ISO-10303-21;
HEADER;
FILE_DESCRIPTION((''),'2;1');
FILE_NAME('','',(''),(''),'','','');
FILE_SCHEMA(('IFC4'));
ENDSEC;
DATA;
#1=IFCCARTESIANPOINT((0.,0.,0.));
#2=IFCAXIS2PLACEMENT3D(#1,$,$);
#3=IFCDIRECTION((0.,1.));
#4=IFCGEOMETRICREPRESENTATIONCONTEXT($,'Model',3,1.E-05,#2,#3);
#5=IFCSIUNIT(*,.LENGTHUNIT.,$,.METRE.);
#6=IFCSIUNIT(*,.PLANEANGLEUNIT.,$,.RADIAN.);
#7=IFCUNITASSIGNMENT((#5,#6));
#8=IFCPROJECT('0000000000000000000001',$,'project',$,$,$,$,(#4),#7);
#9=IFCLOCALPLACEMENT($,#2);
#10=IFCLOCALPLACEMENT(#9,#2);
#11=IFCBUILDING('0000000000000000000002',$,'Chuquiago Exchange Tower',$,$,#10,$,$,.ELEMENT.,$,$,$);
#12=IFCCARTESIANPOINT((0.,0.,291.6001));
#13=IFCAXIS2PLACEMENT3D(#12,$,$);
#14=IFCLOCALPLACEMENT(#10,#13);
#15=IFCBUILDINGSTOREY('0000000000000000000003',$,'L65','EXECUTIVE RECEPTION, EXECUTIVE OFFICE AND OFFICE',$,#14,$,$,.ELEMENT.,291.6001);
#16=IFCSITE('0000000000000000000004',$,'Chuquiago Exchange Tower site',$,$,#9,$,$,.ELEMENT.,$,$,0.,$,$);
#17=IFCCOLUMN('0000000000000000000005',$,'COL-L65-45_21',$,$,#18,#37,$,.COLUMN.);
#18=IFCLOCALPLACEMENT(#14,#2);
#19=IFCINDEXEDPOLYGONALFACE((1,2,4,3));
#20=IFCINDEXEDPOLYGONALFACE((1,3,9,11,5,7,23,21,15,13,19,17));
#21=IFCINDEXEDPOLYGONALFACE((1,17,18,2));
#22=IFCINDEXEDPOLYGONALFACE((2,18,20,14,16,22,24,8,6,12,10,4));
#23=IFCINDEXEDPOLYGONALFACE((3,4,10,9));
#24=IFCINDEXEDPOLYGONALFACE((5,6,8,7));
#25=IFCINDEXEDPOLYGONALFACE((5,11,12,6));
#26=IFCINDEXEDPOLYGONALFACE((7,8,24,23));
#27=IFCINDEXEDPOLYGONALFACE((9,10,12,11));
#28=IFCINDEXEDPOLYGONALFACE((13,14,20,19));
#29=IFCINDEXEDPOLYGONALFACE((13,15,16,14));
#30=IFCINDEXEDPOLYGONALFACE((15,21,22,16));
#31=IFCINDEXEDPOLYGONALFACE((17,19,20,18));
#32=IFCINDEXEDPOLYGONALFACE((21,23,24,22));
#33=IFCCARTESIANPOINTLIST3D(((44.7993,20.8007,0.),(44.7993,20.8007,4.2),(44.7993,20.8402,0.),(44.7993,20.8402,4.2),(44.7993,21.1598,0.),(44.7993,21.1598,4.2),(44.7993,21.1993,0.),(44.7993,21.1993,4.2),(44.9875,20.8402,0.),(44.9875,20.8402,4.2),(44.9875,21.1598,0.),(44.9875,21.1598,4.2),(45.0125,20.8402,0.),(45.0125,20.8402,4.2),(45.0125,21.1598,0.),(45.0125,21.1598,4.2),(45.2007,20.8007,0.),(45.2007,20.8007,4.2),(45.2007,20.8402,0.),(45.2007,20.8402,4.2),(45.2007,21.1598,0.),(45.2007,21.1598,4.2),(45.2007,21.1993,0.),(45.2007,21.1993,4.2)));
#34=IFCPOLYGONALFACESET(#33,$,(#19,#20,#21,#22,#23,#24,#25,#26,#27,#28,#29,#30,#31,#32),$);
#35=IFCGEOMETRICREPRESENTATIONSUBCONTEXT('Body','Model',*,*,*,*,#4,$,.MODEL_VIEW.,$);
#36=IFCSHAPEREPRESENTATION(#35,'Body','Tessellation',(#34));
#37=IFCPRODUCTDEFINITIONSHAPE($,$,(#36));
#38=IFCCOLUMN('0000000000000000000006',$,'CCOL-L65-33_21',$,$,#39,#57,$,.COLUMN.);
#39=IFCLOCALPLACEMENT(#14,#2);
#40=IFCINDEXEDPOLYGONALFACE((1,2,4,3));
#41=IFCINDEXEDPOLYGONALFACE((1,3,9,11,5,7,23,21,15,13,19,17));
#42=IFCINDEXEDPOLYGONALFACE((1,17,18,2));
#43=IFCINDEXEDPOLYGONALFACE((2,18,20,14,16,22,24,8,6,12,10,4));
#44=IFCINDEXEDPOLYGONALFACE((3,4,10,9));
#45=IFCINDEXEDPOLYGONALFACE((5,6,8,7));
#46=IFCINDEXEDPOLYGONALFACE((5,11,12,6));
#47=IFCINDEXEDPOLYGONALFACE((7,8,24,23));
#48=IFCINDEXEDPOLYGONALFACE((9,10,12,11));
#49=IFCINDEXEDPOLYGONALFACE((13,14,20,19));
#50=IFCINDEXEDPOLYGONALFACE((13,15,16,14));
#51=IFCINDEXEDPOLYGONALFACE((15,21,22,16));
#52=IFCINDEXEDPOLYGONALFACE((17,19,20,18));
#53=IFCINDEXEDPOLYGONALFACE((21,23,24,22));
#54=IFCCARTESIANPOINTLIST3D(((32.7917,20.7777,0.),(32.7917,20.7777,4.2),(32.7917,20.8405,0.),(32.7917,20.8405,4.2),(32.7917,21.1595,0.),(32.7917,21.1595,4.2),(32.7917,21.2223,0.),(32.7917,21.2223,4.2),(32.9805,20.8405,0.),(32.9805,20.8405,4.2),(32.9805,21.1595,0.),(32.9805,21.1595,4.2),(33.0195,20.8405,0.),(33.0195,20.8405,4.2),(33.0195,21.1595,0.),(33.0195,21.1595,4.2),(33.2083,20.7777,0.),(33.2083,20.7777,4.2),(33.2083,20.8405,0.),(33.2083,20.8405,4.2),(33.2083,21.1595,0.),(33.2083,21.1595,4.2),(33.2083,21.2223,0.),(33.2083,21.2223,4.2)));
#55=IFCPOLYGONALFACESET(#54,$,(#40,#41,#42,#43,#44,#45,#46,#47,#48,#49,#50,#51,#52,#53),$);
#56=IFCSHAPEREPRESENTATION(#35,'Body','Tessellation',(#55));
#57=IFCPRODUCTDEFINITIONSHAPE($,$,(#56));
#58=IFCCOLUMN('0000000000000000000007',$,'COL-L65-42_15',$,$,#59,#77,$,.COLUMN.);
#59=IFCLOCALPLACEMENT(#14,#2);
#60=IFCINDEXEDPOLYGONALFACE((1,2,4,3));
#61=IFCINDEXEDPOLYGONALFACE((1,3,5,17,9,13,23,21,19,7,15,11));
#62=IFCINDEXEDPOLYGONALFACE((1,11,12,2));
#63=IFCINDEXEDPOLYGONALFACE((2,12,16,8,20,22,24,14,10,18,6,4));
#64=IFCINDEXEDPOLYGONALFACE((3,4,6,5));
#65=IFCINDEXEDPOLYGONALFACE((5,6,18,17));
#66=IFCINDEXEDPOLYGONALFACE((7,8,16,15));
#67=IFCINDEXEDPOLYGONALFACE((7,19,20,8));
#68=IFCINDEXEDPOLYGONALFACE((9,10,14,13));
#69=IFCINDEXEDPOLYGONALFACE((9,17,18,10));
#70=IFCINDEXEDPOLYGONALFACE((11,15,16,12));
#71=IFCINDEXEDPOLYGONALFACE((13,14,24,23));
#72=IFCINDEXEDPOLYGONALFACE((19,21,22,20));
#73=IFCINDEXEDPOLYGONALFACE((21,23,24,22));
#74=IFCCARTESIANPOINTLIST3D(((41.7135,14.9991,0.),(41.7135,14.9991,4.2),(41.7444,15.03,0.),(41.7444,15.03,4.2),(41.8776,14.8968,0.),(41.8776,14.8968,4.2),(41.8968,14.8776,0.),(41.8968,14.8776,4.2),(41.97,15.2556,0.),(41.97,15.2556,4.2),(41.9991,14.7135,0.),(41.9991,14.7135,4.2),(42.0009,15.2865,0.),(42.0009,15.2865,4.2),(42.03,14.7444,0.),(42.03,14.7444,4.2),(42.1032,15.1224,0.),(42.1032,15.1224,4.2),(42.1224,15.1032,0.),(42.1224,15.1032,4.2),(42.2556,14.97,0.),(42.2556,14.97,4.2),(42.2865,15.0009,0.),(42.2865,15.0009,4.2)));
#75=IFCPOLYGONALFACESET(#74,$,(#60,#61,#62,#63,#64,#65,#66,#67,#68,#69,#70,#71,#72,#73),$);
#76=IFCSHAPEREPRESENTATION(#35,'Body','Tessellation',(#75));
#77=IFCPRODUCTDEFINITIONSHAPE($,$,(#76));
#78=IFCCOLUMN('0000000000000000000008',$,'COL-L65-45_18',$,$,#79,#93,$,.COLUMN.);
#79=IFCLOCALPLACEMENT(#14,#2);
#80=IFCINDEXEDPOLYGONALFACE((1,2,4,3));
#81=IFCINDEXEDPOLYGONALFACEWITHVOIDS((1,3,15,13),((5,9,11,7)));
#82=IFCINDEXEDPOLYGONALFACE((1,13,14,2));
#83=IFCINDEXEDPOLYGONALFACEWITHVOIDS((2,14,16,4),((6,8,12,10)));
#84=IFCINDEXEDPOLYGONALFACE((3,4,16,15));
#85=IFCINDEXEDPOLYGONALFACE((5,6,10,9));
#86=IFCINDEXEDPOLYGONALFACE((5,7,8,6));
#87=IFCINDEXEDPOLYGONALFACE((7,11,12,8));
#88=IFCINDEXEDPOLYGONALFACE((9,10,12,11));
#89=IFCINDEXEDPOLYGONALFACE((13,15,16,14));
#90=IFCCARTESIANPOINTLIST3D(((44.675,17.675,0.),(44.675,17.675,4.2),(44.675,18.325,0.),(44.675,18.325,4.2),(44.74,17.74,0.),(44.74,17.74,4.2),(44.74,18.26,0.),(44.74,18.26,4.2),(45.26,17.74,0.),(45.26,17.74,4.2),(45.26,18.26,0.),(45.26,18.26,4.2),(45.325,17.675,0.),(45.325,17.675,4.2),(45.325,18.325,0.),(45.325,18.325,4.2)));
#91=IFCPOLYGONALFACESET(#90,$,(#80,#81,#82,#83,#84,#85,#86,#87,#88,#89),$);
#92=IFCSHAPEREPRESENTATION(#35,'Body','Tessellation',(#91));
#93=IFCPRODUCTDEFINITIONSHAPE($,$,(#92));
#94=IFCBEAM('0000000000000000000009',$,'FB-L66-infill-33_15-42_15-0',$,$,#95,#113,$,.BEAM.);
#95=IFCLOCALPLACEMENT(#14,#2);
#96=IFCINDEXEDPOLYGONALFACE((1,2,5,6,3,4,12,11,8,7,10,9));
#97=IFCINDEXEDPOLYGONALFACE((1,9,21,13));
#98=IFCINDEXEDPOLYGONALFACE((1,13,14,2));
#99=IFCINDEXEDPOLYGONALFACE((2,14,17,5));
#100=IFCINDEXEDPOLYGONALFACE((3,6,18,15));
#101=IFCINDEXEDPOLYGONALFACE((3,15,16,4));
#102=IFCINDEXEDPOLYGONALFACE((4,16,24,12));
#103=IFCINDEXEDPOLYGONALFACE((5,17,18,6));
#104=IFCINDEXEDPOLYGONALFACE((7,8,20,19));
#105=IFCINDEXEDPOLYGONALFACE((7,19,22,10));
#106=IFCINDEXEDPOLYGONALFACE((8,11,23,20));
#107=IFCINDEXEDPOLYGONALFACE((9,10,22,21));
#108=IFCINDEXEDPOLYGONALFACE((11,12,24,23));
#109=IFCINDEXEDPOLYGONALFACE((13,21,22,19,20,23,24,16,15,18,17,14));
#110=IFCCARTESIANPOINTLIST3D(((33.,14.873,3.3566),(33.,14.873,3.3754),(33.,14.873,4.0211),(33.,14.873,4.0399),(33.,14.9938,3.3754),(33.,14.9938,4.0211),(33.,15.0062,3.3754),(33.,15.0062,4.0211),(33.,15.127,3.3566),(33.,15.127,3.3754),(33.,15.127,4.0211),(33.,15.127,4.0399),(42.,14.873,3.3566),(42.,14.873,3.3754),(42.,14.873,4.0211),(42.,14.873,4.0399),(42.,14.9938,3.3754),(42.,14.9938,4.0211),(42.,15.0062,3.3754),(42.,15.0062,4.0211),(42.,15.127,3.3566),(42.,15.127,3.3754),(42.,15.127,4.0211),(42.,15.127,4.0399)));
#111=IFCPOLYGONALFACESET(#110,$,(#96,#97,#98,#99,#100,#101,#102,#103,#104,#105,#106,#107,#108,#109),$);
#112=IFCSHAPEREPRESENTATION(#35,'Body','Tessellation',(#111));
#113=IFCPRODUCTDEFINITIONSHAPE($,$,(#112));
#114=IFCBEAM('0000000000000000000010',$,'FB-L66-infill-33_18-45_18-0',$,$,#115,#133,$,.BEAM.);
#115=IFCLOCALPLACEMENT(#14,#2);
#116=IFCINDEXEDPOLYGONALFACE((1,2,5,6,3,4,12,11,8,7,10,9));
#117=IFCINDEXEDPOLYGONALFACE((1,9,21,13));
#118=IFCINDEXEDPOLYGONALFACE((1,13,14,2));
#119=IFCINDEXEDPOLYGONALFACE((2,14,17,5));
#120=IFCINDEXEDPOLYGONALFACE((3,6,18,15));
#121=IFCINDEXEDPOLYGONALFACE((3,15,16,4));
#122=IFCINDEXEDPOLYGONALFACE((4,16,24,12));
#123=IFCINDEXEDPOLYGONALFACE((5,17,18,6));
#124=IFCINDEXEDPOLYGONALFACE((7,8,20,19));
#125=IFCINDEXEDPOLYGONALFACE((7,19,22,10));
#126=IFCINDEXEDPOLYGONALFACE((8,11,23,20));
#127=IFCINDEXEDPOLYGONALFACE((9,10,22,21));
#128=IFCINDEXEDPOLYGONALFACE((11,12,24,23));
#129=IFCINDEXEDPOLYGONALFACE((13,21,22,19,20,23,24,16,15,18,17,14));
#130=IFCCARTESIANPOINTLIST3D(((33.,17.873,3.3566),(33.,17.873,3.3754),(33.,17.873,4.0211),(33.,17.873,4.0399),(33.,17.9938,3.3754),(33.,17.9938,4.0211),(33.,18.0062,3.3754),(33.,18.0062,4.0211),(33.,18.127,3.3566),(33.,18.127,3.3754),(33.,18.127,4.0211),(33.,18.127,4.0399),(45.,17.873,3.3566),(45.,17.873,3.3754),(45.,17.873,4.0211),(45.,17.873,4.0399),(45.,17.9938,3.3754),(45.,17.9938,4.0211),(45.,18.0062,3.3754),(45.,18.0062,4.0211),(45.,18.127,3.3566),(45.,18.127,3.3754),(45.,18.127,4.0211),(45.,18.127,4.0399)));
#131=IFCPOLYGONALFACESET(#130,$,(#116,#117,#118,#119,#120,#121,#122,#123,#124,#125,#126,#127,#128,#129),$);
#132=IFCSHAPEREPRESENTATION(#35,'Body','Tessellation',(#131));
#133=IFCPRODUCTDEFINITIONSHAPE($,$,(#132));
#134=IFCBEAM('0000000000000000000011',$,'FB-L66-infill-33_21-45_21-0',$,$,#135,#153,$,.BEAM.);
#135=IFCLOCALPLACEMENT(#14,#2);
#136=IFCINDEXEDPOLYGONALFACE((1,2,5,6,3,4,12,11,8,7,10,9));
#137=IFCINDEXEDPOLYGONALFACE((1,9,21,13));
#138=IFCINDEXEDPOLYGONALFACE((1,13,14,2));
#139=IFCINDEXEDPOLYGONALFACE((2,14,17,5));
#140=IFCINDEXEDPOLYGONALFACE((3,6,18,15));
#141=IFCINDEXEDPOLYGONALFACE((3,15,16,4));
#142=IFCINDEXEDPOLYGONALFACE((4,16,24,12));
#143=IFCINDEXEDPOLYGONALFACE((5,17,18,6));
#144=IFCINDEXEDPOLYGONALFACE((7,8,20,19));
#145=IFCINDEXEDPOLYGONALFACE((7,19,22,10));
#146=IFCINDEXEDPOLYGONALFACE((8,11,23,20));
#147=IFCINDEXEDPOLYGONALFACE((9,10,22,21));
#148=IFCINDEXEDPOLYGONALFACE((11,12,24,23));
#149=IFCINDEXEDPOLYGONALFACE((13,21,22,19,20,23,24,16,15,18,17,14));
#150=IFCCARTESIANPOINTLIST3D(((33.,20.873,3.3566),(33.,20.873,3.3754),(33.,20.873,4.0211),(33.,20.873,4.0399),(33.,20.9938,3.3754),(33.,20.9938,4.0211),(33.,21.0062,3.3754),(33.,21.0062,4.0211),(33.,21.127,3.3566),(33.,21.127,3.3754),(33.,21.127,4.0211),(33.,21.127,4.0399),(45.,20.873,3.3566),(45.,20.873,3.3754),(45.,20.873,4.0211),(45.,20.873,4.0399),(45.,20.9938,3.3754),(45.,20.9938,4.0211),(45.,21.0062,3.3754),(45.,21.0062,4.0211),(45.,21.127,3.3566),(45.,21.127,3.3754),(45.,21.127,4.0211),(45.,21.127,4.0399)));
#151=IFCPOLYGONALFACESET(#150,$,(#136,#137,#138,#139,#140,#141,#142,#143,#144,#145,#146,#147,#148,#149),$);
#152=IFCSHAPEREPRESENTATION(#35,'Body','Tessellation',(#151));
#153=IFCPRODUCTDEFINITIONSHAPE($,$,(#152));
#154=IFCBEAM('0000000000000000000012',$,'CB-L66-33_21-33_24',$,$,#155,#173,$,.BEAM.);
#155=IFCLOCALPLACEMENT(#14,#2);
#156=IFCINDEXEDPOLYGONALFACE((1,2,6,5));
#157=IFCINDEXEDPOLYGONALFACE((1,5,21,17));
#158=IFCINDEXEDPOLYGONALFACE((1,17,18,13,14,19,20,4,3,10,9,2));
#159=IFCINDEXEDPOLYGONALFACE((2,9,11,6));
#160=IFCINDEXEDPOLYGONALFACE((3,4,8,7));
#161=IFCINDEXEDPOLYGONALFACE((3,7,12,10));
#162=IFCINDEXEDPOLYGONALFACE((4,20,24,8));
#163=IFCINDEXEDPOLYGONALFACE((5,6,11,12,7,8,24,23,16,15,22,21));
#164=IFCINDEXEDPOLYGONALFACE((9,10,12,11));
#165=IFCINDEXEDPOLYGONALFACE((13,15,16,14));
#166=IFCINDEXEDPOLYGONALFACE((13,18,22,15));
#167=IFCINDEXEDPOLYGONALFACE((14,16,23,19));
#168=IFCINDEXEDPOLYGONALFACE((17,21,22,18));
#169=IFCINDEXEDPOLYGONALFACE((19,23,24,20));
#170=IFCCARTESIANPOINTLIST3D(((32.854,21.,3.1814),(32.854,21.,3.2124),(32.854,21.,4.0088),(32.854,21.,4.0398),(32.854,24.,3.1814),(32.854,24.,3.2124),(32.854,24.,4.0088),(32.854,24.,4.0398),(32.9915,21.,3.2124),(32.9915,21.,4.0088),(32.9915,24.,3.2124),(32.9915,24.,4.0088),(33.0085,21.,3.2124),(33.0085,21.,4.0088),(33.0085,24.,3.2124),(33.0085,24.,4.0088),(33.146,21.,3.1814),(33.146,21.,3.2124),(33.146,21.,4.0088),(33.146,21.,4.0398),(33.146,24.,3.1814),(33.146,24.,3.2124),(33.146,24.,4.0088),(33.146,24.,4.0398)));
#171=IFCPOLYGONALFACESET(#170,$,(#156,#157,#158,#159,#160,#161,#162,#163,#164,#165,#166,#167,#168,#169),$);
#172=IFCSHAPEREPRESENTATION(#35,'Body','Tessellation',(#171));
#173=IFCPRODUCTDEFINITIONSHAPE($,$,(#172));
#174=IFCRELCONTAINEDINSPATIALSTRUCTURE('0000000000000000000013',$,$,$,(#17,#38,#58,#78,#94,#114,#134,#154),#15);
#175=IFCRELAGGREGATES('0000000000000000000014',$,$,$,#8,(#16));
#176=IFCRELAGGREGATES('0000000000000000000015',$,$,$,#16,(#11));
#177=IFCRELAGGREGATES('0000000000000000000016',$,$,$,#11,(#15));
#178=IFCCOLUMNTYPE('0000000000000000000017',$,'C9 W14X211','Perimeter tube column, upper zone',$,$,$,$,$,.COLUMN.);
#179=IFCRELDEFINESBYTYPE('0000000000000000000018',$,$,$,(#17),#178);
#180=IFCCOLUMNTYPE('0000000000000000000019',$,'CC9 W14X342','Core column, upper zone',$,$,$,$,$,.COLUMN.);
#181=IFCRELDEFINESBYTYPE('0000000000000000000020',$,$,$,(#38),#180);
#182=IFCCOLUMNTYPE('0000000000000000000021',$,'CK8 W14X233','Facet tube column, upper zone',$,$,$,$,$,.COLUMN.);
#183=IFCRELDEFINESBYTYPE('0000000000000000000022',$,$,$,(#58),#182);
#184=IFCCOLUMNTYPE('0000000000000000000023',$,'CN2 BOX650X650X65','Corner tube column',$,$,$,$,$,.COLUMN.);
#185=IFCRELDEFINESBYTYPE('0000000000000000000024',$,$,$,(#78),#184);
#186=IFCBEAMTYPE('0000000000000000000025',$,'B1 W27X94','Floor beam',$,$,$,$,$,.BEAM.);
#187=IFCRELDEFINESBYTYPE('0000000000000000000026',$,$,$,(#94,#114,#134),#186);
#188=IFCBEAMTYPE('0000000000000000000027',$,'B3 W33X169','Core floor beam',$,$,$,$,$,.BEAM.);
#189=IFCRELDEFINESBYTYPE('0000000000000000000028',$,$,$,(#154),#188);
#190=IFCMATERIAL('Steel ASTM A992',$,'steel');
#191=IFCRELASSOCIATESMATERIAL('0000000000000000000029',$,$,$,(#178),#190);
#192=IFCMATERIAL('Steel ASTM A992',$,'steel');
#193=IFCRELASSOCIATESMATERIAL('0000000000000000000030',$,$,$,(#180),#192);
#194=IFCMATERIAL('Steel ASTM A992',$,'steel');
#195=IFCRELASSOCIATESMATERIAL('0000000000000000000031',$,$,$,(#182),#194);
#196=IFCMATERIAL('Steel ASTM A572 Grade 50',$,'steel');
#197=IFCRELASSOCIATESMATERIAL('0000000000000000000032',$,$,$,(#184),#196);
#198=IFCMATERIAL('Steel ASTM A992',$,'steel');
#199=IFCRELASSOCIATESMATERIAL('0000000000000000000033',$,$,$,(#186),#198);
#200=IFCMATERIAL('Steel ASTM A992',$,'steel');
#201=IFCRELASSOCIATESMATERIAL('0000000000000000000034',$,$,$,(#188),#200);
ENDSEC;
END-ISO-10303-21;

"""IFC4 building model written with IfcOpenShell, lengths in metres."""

from ifc_helpers import new_model, si_unit, direction, frame, origin, origin_2d, place, context, subcontext, project, spatial, hollow_rectangle, i_section, extrude, material, material_profile, profile_set, type_object, element, save


model = new_model("IFC4")

# Units and contexts
model_context = context("Model", 3, precision=1e-05, world=origin(), true_north=direction((0.0, 1.0)))
body_context = subcontext(model_context, "Body", "Model", "MODEL_VIEW")
ifc_project = project(units=[si_unit("LENGTHUNIT", "METRE"), si_unit("PLANEANGLEUNIT", "RADIAN")], contexts=[model_context])

# Site, building, storey
site_placement = place(None, origin())
site = spatial("IfcSite", under=ifc_project, at=site_placement, Name="Chuquiago Exchange Tower site", CompositionType="ELEMENT", RefElevation=0.0)
building_placement = place(site_placement, origin())
building = spatial("IfcBuilding", under=site, at=building_placement, Name="Chuquiago Exchange Tower", CompositionType="ELEMENT")
storey_placement = place(building_placement, frame((0.0, 0.0, 291.6001)))
storey = spatial("IfcBuildingStorey", under=building, at=storey_placement, Name="L65", Description="EXECUTIVE RECEPTION, EXECUTIVE OFFICE AND OFFICE", CompositionType="ELEMENT", Elevation=291.6001)

# Columns
ifc_material_1 = material(Name="Steel ASTM A992", Category="steel")
ifc_material_profile_1 = material_profile(ifc_material_1, i_section(OverallWidth=0.4014, OverallDepth=0.3987, WebThickness=0.0249, FlangeThickness=0.0396, at=origin_2d()), Name="W14X211")
ifc_profile_set_1 = profile_set([ifc_material_profile_1], Name="Steel ASTM A992")
column_type_1 = type_object("IfcColumnType", Name="C9 W14X211", Description="Perimeter tube column, upper zone", PredefinedType="COLUMN", material=ifc_profile_set_1)
column_1_placement = place(storey_placement, frame((45.0, 21.0, 0.0), z_axis=(0.0, 0.0, 1.0), x_axis=(1.0, 0.0, 0.0)))
element("IfcColumn", 1, at=column_1_placement, inside=storey, type_object=column_type_1, Name="COL-L65-45_21", PredefinedType="COLUMN", context=body_context, shape_type="SweptSolid", body=[
    extrude(i_section(OverallWidth=0.4014, OverallDepth=0.3987, WebThickness=0.0249, FlangeThickness=0.0396, at=origin_2d()), origin(), (0.0, 0.0, 1.0), 4.2),
])
ifc_material_2 = material(Name="Steel ASTM A992", Category="steel")
ifc_material_profile_2 = material_profile(ifc_material_2, i_section(OverallWidth=0.4165, OverallDepth=0.4446, WebThickness=0.0391, FlangeThickness=0.0627, at=origin_2d()), Name="W14X342")
ifc_profile_set_2 = profile_set([ifc_material_profile_2], Name="Steel ASTM A992")
column_type_2 = type_object("IfcColumnType", Name="CC9 W14X342", Description="Core column, upper zone", PredefinedType="COLUMN", material=ifc_profile_set_2)
column_2_placement = place(storey_placement, frame((33.0, 21.0, 0.0), z_axis=(0.0, 0.0, 1.0), x_axis=(1.0, 0.0, 0.0)))
element("IfcColumn", 2, at=column_2_placement, inside=storey, type_object=column_type_2, Name="CCOL-L65-33_21", PredefinedType="COLUMN", context=body_context, shape_type="SweptSolid", body=[
    extrude(i_section(OverallWidth=0.4165, OverallDepth=0.4446, WebThickness=0.0391, FlangeThickness=0.0627, at=origin_2d()), origin(), (0.0, 0.0, 1.0), 4.2),
])
ifc_material_3 = material(Name="Steel ASTM A992", Category="steel")
ifc_material_profile_3 = material_profile(ifc_material_3, i_section(OverallWidth=0.4038, OverallDepth=0.4065, WebThickness=0.0271, FlangeThickness=0.0437, at=origin_2d()), Name="W14X233")
ifc_profile_set_3 = profile_set([ifc_material_profile_3], Name="Steel ASTM A992")
column_type_3 = type_object("IfcColumnType", Name="CK8 W14X233", Description="Facet tube column, upper zone", PredefinedType="COLUMN", material=ifc_profile_set_3)
column_3_placement = place(storey_placement, frame((42.0, 15.0, 0.0), z_axis=(0.0, 0.0, 1.0), x_axis=(0.707107, -0.707107, 0.0)))
element("IfcColumn", 3, at=column_3_placement, inside=storey, type_object=column_type_3, Name="COL-L65-42_15", PredefinedType="COLUMN", context=body_context, shape_type="SweptSolid", body=[
    extrude(i_section(OverallWidth=0.4038, OverallDepth=0.4065, WebThickness=0.0271, FlangeThickness=0.0437, at=origin_2d()), origin(), (0.0, 0.0, 1.0), 4.2),
])
ifc_material_4 = material(Name="Steel ASTM A572 Grade 50", Category="steel")
ifc_material_profile_4 = material_profile(ifc_material_4, hollow_rectangle(XDim=0.6499, YDim=0.6499, WallThickness=0.0649, at=origin_2d()), Name="BOX650X650X65")
ifc_profile_set_4 = profile_set([ifc_material_profile_4], Name="Steel ASTM A572 Grade 50")
column_type_4 = type_object("IfcColumnType", Name="CN2 BOX650X650X65", Description="Corner tube column", PredefinedType="COLUMN", material=ifc_profile_set_4)
column_4_placement = place(storey_placement, frame((45.0, 18.0, 0.0), z_axis=(0.0, 0.0, 1.0), x_axis=(1.0, 0.0, 0.0)))
element("IfcColumn", 4, at=column_4_placement, inside=storey, type_object=column_type_4, Name="COL-L65-45_18", PredefinedType="COLUMN", context=body_context, shape_type="SweptSolid", body=[
    extrude(hollow_rectangle(XDim=0.6499, YDim=0.6499, WallThickness=0.0649, at=origin_2d()), origin(), (0.0, 0.0, 1.0), 4.2),
])

# Beams
ifc_material_5 = material(Name="Steel ASTM A992", Category="steel")
ifc_material_profile_5 = material_profile(ifc_material_5, i_section(OverallWidth=0.2539, OverallDepth=0.6833, WebThickness=0.0125, FlangeThickness=0.0188, at=origin_2d()), Name="W27X94")
ifc_profile_set_5 = profile_set([ifc_material_profile_5], Name="Steel ASTM A992")
beam_type_1 = type_object("IfcBeamType", Name="B1 W27X94", Description="Floor beam", PredefinedType="BEAM", material=ifc_profile_set_5)
beam_1_placement = place(storey_placement, frame((33.0, 15.0, 3.6982), z_axis=(1.0, 0.0, 0.0), x_axis=(0.0, 1.0, 0.0)))
element("IfcBeam", 5, at=beam_1_placement, inside=storey, type_object=beam_type_1, Name="FB-L66-infill-33_15-42_15-0", PredefinedType="BEAM", context=body_context, shape_type="SweptSolid", body=[
    extrude(i_section(OverallWidth=0.2539, OverallDepth=0.6833, WebThickness=0.0125, FlangeThickness=0.0188, at=origin_2d()), origin(), (0.0, 0.0, 1.0), 9.0),
])
for number, where, z_axis, x_axis, name in (
    (6, (33.0, 18.0, 3.6982), (1.0, 0.0, 0.0), (0.0, 1.0, 0.0), "FB-L66-infill-33_18-45_18-0"),
    (7, (33.0, 21.0, 3.6982), (1.0, 0.0, 0.0), (0.0, 1.0, 0.0), "FB-L66-infill-33_21-45_21-0"),
):
    element("IfcBeam", number, at=place(storey_placement, frame(where, z_axis=z_axis, x_axis=x_axis)), inside=storey, type_object=beam_type_1, Name=name, PredefinedType="BEAM", context=body_context, shape_type="SweptSolid", body=[
        extrude(i_section(OverallWidth=0.2539, OverallDepth=0.6833, WebThickness=0.0125, FlangeThickness=0.0188, at=origin_2d()), origin(), (0.0, 0.0, 1.0), 12.0),
    ])
ifc_material_6 = material(Name="Steel ASTM A992", Category="steel")
ifc_material_profile_6 = material_profile(ifc_material_6, i_section(OverallWidth=0.292, OverallDepth=0.8584, WebThickness=0.0171, FlangeThickness=0.031, at=origin_2d()), Name="W33X169")
ifc_profile_set_6 = profile_set([ifc_material_profile_6], Name="Steel ASTM A992")
beam_type_2 = type_object("IfcBeamType", Name="B3 W33X169", Description="Core floor beam", PredefinedType="BEAM", material=ifc_profile_set_6)
beam_2_placement = place(storey_placement, frame((33.0, 21.0, 3.6106), z_axis=(0.0, 1.0, 0.0), x_axis=(-1.0, 0.0, 0.0)))
element("IfcBeam", 8, at=beam_2_placement, inside=storey, type_object=beam_type_2, Name="CB-L66-33_21-33_24", PredefinedType="BEAM", context=body_context, shape_type="SweptSolid", body=[
    extrude(i_section(OverallWidth=0.292, OverallDepth=0.8584, WebThickness=0.0171, FlangeThickness=0.031, at=origin_2d()), origin(), (0.0, 0.0, 1.0), 3.0),
])

save(model, "model.ifc")
